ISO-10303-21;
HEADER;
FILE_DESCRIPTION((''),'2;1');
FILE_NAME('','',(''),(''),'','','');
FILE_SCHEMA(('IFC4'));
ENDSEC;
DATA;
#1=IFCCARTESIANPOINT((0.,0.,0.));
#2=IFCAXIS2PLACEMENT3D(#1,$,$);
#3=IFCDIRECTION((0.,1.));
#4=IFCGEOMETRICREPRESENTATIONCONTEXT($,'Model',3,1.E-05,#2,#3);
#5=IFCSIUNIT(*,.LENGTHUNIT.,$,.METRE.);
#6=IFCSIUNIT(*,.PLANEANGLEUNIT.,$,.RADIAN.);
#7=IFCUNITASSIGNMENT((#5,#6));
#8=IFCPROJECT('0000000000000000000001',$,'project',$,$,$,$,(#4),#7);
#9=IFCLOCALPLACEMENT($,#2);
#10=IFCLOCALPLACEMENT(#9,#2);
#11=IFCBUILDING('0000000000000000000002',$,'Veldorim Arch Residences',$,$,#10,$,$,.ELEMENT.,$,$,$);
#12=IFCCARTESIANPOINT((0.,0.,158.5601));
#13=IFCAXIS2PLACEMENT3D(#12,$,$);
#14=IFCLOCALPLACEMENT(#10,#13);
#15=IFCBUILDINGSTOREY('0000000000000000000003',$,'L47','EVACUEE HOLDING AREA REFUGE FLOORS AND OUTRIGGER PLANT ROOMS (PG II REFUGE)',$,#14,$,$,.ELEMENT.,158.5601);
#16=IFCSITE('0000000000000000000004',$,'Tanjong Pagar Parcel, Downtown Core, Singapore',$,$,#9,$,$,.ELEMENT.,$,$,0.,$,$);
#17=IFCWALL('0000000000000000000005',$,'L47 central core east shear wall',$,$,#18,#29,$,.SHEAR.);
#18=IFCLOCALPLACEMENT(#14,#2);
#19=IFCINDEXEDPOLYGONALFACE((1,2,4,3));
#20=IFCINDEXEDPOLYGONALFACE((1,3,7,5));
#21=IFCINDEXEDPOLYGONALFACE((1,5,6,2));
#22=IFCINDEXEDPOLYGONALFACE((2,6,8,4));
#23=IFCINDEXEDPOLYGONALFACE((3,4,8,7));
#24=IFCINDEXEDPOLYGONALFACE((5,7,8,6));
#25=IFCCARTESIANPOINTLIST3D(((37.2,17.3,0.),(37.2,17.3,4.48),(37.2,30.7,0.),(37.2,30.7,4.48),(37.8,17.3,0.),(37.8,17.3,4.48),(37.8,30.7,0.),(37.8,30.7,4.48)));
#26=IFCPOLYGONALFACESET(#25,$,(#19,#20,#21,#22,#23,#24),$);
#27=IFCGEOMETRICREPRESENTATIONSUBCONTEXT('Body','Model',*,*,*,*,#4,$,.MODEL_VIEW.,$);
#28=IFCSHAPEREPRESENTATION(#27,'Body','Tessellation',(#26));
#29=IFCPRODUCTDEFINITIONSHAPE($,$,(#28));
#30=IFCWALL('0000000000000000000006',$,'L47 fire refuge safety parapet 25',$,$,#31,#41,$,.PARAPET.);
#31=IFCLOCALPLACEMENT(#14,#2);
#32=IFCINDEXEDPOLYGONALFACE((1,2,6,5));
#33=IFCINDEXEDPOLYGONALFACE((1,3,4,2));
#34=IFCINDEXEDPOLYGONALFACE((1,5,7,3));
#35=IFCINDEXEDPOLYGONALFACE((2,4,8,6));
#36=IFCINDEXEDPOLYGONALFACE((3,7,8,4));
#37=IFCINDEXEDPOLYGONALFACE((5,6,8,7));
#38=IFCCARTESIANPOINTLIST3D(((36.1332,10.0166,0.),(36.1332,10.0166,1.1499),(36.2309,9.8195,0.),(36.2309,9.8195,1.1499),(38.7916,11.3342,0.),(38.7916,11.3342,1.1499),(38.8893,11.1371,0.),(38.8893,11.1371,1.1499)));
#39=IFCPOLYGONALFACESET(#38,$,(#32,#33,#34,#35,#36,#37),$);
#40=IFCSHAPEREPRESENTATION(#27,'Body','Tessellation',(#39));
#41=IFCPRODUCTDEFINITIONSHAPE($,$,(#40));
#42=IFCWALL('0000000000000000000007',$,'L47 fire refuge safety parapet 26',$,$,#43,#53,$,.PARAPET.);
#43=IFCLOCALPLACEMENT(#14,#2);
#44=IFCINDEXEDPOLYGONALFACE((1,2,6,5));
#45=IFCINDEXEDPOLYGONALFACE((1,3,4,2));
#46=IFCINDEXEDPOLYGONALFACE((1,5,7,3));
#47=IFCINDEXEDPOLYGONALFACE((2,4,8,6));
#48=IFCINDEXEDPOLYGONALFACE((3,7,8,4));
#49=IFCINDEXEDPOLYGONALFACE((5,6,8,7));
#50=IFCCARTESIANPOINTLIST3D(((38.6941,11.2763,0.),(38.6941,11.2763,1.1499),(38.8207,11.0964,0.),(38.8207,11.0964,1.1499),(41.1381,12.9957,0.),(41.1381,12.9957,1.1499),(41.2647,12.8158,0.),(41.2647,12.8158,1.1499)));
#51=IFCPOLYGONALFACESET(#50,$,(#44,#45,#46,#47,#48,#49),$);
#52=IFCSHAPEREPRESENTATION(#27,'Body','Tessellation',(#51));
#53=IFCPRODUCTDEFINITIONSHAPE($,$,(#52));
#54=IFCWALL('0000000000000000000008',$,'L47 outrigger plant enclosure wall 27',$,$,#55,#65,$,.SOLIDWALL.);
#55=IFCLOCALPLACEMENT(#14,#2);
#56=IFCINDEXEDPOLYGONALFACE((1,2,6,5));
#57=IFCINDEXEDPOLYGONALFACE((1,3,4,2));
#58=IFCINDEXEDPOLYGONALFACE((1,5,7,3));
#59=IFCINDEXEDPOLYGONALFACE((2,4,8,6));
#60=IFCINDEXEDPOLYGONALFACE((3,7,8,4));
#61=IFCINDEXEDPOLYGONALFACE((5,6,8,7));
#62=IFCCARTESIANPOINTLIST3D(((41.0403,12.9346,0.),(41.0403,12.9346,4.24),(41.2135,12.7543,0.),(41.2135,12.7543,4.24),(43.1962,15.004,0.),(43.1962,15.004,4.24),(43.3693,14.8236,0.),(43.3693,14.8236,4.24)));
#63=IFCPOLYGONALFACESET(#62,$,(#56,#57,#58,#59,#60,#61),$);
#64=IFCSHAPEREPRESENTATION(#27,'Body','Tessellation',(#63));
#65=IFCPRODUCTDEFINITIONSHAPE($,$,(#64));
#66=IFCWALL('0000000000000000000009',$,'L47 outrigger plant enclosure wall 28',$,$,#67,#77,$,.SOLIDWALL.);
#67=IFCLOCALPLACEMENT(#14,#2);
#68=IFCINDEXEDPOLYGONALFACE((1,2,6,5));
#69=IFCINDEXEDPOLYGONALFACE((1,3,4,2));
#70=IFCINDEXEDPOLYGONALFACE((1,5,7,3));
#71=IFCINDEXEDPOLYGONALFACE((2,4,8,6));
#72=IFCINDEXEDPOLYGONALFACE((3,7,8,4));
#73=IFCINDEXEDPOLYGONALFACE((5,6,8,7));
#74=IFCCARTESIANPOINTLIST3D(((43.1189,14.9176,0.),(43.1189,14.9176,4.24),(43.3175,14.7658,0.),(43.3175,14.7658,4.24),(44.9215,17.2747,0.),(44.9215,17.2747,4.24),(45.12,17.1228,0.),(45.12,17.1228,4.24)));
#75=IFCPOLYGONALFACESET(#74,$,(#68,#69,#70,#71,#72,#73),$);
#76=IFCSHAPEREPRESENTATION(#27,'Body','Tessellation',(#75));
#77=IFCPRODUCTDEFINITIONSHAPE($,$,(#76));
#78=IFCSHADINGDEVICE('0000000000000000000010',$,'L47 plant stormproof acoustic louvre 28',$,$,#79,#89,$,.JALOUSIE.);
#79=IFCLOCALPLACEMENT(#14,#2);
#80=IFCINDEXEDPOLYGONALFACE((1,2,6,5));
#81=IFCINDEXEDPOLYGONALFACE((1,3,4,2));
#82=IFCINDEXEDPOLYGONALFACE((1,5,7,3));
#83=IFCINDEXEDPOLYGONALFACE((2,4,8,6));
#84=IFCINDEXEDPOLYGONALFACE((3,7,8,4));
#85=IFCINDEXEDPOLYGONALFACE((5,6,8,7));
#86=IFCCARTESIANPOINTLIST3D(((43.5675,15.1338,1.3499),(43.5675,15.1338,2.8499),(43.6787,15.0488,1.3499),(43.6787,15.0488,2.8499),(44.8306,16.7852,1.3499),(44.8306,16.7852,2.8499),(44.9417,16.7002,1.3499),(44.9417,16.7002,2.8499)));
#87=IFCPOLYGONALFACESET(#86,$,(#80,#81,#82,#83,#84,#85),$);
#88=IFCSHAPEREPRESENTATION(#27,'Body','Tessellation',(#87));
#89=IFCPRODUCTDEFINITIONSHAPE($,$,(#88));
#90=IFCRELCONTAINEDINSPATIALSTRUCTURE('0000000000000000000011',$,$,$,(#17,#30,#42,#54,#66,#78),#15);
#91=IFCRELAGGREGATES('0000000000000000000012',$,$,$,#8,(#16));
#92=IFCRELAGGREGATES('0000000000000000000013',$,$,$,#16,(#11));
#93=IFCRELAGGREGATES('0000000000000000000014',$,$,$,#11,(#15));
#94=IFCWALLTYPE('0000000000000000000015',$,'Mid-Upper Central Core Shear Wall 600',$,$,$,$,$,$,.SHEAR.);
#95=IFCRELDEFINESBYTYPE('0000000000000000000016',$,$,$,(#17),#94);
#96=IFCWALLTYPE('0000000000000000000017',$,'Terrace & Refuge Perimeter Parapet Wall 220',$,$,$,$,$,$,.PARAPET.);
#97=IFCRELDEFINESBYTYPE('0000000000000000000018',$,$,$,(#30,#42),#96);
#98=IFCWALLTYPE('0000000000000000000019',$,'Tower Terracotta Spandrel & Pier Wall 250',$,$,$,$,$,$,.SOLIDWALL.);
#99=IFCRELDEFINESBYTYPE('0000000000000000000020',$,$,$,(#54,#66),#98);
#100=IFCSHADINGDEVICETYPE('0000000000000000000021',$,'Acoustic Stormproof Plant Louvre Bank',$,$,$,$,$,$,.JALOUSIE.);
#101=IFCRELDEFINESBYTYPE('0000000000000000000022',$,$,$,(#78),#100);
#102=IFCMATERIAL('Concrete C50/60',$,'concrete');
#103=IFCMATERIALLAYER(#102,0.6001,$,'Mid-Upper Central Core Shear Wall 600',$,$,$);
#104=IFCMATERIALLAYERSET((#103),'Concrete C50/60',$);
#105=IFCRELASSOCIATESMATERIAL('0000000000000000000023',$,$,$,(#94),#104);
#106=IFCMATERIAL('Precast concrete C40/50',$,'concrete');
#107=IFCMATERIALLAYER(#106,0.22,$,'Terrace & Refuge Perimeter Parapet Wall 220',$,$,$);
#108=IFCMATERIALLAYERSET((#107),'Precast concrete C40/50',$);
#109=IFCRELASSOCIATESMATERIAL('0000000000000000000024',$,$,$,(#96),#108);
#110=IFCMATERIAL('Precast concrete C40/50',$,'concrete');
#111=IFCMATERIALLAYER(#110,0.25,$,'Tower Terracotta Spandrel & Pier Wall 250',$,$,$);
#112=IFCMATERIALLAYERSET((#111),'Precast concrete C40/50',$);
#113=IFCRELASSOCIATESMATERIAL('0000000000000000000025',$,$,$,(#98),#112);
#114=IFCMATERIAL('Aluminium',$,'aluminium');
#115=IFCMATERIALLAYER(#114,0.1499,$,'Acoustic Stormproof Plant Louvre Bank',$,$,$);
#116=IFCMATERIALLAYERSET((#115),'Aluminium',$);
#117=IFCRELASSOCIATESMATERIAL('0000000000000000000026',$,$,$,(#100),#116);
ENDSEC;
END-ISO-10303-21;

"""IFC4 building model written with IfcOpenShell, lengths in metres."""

from ifc_helpers import new_model, si_unit, direction, frame, frame_2d, origin, origin_2d, place, context, subcontext, project, spatial, rectangle, extrude, material, layer, layer_set, type_object, element, save


model = new_model("IFC4")

# Units and contexts
model_context = context("Model", 3, precision=1e-05, world=origin(), true_north=direction((0.0, 1.0)))
body_context = subcontext(model_context, "Body", "Model", "MODEL_VIEW")
ifc_project = project(units=[si_unit("LENGTHUNIT", "METRE"), si_unit("PLANEANGLEUNIT", "RADIAN")], contexts=[model_context])

# Site, building, storey
site_placement = place(None, origin())
site = spatial("IfcSite", under=ifc_project, at=site_placement, Name="Tanjong Pagar Parcel, Downtown Core, Singapore", CompositionType="ELEMENT", RefElevation=0.0)
building_placement = place(site_placement, origin())
building = spatial("IfcBuilding", under=site, at=building_placement, Name="Veldorim Arch Residences", CompositionType="ELEMENT")
storey_placement = place(building_placement, frame((0.0, 0.0, 158.5601)))
storey = spatial("IfcBuildingStorey", under=building, at=storey_placement, Name="L47", Description="EVACUEE HOLDING AREA REFUGE FLOORS AND OUTRIGGER PLANT ROOMS (PG II REFUGE)", CompositionType="ELEMENT", Elevation=158.5601)

# Walls
ifc_material_1 = material(Name="Concrete C50/60", Category="concrete")
ifc_layer_1 = layer(ifc_material_1, 0.6001, Name="Mid-Upper Central Core Shear Wall 600")
ifc_layer_set_1 = layer_set([ifc_layer_1], Name="Concrete C50/60")
wall_type_1 = type_object("IfcWallType", Name="Mid-Upper Central Core Shear Wall 600", PredefinedType="SHEAR", material=ifc_layer_set_1)
wall_1_placement = place(storey_placement, frame((37.5, 17.3, 0.0), z_axis=(0.0, 0.0, 1.0), x_axis=(0.0, 1.0, 0.0)))
element("IfcWall", 1, at=wall_1_placement, inside=storey, type_object=wall_type_1, Name="L47 central core east shear wall", PredefinedType="SHEAR", context=body_context, shape_type="SweptSolid", body=[
    extrude(rectangle(XDim=13.3999, YDim=0.6001, at=frame_2d((6.7, 0.0))), origin(), (0.0, 0.0, 1.0), 4.48),
])
ifc_material_2 = material(Name="Precast concrete C40/50", Category="concrete")
ifc_layer_2 = layer(ifc_material_2, 0.22, Name="Terrace & Refuge Perimeter Parapet Wall 220")
ifc_layer_set_2 = layer_set([ifc_layer_2], Name="Precast concrete C40/50")
wall_type_2 = type_object("IfcWallType", Name="Terrace & Refuge Perimeter Parapet Wall 220", PredefinedType="PARAPET", material=ifc_layer_set_2)
wall_2_placement = place(storey_placement, frame((38.8403, 11.2356, 0.0), z_axis=(0.0, 0.0, 1.0), x_axis=(-0.895985, -0.444084, 0.0)))
element("IfcWall", 2, at=wall_2_placement, inside=storey, type_object=wall_type_2, Name="L47 fire refuge safety parapet 25", PredefinedType="PARAPET", context=body_context, shape_type="SweptSolid", body=[
    extrude(rectangle(XDim=2.967, YDim=0.22, at=frame_2d((1.4834, 0.0))), origin(), (0.0, 0.0, 1.0), 1.1499),
])
wall_3_placement = place(storey_placement, frame((41.2014, 12.9058, 0.0), z_axis=(0.0, 0.0, 1.0), x_axis=(-0.817875, -0.575396, 0.0)))
element("IfcWall", 3, at=wall_3_placement, inside=storey, type_object=wall_type_2, Name="L47 fire refuge safety parapet 26", PredefinedType="PARAPET", context=body_context, shape_type="SweptSolid", body=[
    extrude(rectangle(XDim=2.9883, YDim=0.22, at=frame_2d((1.4941, 0.0))), origin(), (0.0, 0.0, 1.0), 1.1499),
])
ifc_material_3 = material(Name="Precast concrete C40/50", Category="concrete")
ifc_layer_3 = layer(ifc_material_3, 0.25, Name="Tower Terracotta Spandrel & Pier Wall 250")
ifc_layer_set_3 = layer_set([ifc_layer_3], Name="Precast concrete C40/50")
wall_type_3 = type_object("IfcWallType", Name="Tower Terracotta Spandrel & Pier Wall 250", PredefinedType="SOLIDWALL", material=ifc_layer_set_3)
wall_4_placement = place(storey_placement, frame((43.2827, 14.9138, 0.0), z_axis=(0.0, 0.0, 1.0), x_axis=(-0.72142, -0.692498, 0.0)))
element("IfcWall", 4, at=wall_4_placement, inside=storey, type_object=wall_type_3, Name="L47 outrigger plant enclosure wall 27", PredefinedType="SOLIDWALL", context=body_context, shape_type="SweptSolid", body=[
    extrude(rectangle(XDim=2.9883, YDim=0.25, at=frame_2d((1.4941, 0.0))), origin(), (0.0, 0.0, 1.0), 4.24),
])
wall_5_placement = place(storey_placement, frame((45.0208, 17.1987, 0.0), z_axis=(0.0, 0.0, 1.0), x_axis=(-0.607478, -0.794337, 0.0)))
element("IfcWall", 5, at=wall_5_placement, inside=storey, type_object=wall_type_3, Name="L47 outrigger plant enclosure wall 28", PredefinedType="SOLIDWALL", context=body_context, shape_type="SweptSolid", body=[
    extrude(rectangle(XDim=2.9673, YDim=0.25, at=frame_2d((1.4836, 0.0))), origin(), (0.0, 0.0, 1.0), 4.24),
])

# Shading device
ifc_material_4 = material(Name="Aluminium", Category="aluminium")
ifc_layer_4 = layer(ifc_material_4, 0.1499, Name="Acoustic Stormproof Plant Louvre Bank")
ifc_layer_set_4 = layer_set([ifc_layer_4], Name="Aluminium")
shading_device_type = type_object("IfcShadingDeviceType", Name="Acoustic Stormproof Plant Louvre Bank", PredefinedType="JALOUSIE", material=ifc_layer_set_4)
shading_device_placement = place(storey_placement, frame((44.2546, 15.917, 1.3499), z_axis=(0.0, 0.0, 1.0), x_axis=(-0.607514, -0.794309, 0.0)))
element("IfcShadingDevice", 6, at=shading_device_placement, inside=storey, type_object=shading_device_type, Name="L47 plant stormproof acoustic louvre 28", PredefinedType="JALOUSIE", context=body_context, shape_type="SweptSolid", body=[
    extrude(rectangle(XDim=2.0791, YDim=0.1399, at=origin_2d()), origin(), (0.0, 0.0, 1.0), 1.5),
])

save(model, "model.ifc")
